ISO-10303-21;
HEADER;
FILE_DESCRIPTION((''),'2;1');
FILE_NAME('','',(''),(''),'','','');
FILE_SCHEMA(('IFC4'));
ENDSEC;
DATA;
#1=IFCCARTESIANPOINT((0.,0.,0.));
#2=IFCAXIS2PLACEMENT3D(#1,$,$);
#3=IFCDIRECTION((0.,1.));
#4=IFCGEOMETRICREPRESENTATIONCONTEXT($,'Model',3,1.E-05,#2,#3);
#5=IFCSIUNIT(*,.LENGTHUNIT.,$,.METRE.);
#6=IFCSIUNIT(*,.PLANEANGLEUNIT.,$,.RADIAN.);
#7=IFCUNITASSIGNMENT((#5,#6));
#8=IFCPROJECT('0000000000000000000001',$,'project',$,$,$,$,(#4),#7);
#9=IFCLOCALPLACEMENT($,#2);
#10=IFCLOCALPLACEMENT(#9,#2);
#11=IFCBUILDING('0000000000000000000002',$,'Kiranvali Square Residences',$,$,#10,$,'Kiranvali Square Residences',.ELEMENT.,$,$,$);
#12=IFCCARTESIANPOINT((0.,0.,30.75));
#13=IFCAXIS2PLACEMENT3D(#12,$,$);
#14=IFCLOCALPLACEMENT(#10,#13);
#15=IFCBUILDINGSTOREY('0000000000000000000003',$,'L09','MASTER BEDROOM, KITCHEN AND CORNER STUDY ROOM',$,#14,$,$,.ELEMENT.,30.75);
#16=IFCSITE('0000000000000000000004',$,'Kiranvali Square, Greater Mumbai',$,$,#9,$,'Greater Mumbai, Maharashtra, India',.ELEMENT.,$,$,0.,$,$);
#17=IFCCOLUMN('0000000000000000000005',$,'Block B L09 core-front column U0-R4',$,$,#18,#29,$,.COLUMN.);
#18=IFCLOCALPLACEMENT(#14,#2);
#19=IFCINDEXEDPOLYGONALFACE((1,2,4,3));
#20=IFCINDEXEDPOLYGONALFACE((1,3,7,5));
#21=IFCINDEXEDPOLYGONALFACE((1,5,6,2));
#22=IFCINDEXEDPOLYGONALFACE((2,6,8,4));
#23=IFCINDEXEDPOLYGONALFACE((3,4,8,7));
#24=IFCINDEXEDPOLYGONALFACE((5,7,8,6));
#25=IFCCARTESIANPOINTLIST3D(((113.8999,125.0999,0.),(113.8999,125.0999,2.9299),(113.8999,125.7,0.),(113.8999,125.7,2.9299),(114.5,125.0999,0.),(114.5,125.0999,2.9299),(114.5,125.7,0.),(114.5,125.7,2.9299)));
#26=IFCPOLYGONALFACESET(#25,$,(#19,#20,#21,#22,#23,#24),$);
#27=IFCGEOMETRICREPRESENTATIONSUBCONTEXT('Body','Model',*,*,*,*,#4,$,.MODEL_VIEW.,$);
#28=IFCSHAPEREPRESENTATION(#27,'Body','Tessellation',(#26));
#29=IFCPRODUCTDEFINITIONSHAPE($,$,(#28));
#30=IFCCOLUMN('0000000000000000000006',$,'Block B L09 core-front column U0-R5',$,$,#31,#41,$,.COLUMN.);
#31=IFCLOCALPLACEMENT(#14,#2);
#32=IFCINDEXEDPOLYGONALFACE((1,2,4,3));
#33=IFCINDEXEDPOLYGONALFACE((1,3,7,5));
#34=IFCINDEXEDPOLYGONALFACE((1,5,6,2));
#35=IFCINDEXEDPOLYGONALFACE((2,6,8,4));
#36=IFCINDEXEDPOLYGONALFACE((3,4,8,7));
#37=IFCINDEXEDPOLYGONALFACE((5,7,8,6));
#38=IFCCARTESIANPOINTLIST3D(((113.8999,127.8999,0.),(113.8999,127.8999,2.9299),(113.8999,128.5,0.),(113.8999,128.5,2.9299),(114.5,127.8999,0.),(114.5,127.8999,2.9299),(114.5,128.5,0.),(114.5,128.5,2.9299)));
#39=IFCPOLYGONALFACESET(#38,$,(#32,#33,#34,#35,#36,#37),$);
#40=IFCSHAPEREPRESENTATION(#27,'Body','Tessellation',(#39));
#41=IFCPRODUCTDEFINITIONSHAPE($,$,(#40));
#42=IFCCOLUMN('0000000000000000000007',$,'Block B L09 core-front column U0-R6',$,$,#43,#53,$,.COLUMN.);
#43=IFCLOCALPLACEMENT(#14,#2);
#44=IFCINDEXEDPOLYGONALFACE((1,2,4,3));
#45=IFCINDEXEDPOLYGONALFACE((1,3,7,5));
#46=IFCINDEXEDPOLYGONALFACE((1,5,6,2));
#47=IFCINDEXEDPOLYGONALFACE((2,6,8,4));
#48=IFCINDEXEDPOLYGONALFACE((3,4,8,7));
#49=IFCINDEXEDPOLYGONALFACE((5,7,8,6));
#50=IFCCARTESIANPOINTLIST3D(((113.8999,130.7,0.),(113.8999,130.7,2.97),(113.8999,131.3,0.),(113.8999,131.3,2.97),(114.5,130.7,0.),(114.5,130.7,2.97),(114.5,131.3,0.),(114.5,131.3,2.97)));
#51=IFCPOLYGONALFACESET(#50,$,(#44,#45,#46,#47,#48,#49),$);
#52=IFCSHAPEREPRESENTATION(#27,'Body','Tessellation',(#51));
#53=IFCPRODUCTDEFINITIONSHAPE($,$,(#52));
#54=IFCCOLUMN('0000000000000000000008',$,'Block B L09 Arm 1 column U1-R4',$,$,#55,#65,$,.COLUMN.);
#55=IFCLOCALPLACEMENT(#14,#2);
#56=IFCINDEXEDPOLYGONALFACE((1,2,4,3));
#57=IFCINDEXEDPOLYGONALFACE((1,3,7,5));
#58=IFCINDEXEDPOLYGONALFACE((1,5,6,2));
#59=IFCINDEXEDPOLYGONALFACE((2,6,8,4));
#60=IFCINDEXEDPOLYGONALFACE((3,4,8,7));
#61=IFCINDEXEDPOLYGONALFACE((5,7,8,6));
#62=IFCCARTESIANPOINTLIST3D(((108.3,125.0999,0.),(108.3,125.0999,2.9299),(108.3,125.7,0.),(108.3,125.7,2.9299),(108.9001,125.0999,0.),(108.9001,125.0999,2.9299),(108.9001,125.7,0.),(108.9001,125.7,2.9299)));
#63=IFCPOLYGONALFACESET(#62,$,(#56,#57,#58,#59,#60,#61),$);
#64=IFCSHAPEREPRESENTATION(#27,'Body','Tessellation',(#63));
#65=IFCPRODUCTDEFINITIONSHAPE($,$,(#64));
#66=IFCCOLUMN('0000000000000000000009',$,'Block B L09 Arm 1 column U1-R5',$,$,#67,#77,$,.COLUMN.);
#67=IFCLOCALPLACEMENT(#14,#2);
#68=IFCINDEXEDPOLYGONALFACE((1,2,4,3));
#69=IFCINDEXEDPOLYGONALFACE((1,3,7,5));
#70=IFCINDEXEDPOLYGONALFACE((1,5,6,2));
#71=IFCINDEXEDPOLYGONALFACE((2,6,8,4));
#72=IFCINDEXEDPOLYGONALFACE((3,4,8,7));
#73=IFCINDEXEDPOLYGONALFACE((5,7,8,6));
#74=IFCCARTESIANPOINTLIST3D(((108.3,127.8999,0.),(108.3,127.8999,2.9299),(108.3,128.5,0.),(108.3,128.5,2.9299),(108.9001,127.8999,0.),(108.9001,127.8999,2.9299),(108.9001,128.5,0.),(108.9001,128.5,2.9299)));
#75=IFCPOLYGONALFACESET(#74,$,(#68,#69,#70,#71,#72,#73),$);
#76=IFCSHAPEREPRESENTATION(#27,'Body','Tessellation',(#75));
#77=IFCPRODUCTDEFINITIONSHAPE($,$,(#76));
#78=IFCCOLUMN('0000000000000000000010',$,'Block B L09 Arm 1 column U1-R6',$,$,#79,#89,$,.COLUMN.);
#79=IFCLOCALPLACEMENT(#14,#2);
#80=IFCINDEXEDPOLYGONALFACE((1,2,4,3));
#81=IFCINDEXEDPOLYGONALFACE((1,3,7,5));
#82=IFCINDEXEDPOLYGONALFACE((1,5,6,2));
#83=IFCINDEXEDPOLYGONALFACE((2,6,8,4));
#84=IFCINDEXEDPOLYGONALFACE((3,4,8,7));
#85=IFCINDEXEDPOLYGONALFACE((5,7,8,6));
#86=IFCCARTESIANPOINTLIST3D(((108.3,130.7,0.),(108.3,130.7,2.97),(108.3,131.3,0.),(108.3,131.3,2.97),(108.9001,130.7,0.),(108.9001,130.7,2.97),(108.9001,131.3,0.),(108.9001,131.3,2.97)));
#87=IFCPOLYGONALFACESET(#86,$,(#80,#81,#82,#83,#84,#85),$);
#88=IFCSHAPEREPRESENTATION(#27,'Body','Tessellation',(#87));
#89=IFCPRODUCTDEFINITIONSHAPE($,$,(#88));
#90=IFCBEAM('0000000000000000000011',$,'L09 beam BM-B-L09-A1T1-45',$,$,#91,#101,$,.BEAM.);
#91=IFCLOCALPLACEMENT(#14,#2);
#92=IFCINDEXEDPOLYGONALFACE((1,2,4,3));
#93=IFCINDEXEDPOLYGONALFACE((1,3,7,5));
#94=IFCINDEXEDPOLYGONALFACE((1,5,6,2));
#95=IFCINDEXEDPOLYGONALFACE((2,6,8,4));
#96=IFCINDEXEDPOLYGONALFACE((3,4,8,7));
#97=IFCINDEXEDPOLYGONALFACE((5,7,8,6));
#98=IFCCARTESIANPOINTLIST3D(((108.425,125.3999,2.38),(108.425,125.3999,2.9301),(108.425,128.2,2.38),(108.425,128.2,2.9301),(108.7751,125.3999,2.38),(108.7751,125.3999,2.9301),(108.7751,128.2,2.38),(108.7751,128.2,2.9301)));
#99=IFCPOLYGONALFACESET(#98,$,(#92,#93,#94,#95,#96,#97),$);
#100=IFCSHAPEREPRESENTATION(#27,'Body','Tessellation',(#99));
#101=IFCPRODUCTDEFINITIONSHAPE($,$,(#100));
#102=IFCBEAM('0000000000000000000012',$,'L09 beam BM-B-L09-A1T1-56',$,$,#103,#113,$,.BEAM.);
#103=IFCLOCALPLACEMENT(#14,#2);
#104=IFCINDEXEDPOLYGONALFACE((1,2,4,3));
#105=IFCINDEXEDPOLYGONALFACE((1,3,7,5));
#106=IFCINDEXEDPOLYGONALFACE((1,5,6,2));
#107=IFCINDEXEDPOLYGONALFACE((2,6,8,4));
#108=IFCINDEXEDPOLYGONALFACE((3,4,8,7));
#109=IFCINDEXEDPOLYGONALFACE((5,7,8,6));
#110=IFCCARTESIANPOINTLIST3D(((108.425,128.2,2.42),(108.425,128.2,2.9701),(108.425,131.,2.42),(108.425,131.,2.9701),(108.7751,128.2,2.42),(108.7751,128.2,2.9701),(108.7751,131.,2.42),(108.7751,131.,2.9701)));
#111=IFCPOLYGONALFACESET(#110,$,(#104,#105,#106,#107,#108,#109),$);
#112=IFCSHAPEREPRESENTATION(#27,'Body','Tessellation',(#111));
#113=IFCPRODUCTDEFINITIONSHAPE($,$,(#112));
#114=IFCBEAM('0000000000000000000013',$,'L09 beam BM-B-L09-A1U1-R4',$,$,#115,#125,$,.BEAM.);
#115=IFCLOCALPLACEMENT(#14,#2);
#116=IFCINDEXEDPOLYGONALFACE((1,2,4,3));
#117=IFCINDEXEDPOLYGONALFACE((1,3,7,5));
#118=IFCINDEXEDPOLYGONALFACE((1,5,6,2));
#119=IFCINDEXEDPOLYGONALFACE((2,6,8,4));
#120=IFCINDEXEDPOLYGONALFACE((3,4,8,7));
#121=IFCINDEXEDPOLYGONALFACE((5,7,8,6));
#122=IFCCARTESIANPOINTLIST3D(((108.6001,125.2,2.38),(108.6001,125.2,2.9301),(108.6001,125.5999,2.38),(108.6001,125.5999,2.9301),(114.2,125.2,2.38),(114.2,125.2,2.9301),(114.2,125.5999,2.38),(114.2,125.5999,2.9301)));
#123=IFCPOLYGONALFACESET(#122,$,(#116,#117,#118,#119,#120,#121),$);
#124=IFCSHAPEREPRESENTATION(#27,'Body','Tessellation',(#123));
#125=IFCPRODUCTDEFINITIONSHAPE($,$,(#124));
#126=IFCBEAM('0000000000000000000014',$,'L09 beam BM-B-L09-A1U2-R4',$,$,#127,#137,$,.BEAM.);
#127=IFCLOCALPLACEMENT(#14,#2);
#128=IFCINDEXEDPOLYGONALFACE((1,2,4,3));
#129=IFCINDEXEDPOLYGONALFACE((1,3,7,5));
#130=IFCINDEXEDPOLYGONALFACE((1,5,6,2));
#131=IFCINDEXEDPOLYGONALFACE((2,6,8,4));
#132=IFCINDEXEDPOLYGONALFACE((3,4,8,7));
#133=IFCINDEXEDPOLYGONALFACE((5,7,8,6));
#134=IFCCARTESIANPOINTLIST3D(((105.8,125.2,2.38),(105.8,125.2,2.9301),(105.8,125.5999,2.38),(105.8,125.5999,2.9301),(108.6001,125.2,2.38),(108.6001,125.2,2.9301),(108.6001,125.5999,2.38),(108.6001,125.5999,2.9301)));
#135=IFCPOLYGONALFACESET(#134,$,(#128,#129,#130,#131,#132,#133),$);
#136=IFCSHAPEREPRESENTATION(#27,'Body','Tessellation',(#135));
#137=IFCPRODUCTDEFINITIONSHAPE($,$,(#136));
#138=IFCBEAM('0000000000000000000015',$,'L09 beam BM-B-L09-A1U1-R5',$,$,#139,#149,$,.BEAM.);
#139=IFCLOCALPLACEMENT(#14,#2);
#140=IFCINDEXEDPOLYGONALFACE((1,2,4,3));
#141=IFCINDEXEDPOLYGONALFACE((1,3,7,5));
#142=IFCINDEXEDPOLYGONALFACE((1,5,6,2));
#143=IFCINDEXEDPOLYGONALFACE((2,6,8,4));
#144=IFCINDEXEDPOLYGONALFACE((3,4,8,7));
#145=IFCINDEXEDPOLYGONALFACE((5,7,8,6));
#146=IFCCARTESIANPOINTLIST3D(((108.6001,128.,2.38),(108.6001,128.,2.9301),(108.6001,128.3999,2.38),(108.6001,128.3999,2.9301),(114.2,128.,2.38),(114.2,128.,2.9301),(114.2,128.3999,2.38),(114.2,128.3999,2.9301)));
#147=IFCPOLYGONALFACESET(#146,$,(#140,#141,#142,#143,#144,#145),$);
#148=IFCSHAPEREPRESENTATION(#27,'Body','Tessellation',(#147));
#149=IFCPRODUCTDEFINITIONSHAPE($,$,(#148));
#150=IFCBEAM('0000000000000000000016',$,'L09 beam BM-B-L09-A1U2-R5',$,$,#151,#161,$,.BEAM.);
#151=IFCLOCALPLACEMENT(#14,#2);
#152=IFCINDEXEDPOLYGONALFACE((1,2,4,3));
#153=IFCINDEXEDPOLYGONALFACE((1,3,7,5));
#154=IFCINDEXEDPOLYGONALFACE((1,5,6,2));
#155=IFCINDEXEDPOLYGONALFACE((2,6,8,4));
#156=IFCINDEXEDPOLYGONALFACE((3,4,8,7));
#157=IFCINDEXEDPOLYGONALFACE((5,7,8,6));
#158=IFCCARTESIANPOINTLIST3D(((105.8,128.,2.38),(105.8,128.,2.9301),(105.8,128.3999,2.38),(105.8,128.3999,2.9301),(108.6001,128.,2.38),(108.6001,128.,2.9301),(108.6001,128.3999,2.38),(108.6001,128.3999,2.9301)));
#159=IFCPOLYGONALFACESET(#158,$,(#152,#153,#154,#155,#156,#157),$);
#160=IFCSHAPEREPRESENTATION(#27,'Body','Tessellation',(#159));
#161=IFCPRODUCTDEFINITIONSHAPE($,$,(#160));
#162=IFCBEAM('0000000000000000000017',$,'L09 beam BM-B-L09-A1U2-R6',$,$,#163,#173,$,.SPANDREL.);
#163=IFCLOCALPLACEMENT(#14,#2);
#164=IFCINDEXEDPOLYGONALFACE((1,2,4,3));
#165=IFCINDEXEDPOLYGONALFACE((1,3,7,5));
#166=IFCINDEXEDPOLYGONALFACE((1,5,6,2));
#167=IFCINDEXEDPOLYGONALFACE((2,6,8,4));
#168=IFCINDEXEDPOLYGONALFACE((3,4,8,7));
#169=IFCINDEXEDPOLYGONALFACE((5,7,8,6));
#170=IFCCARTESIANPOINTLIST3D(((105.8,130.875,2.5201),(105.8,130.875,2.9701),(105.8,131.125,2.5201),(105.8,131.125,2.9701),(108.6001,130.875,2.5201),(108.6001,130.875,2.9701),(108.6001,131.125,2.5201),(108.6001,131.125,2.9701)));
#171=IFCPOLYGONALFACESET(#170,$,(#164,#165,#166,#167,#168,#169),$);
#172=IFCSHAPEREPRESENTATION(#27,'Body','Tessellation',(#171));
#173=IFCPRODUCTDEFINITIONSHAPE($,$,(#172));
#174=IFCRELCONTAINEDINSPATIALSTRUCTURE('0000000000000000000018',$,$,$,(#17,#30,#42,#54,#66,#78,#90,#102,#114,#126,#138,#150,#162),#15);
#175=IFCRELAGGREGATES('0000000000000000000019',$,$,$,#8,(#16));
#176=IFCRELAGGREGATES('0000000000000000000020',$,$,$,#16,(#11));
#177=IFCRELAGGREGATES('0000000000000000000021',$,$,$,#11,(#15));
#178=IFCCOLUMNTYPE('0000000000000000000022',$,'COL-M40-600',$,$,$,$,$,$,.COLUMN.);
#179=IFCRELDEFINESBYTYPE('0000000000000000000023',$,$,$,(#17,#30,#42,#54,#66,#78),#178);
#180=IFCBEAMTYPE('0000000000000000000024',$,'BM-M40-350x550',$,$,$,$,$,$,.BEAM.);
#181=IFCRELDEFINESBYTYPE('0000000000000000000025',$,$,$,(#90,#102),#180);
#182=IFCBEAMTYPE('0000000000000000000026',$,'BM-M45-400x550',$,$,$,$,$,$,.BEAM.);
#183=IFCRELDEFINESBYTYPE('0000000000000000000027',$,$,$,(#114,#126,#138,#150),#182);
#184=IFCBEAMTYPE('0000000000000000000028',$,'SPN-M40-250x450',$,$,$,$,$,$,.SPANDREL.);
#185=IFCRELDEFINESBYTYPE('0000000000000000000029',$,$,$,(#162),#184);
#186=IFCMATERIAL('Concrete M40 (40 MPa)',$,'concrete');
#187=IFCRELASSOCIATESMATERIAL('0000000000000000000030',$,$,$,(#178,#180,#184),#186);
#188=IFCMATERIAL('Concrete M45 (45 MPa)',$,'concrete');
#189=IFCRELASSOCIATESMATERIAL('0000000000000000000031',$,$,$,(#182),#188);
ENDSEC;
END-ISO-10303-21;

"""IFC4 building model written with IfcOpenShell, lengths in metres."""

from ifc_helpers import new_model, si_unit, direction, frame, origin, origin_2d, place, context, subcontext, project, spatial, rectangle, extrude, material, material_profile, profile_set, type_object, element, save


model = new_model("IFC4")

# Units and contexts
model_context = context("Model", 3, precision=1e-05, world=origin(), true_north=direction((0.0, 1.0)))
body_context = subcontext(model_context, "Body", "Model", "MODEL_VIEW")
ifc_project = project(units=[si_unit("LENGTHUNIT", "METRE"), si_unit("PLANEANGLEUNIT", "RADIAN")], contexts=[model_context])

# Site, building, storey
site_placement = place(None, origin())
site = spatial("IfcSite", under=ifc_project, at=site_placement, Name="Kiranvali Square, Greater Mumbai", LongName="Greater Mumbai, Maharashtra, India", CompositionType="ELEMENT", RefElevation=0.0)
building_placement = place(site_placement, origin())
building = spatial("IfcBuilding", under=site, at=building_placement, Name="Kiranvali Square Residences", LongName="Kiranvali Square Residences", CompositionType="ELEMENT")
storey_placement = place(building_placement, frame((0.0, 0.0, 30.75)))
storey = spatial("IfcBuildingStorey", under=building, at=storey_placement, Name="L09", Description="MASTER BEDROOM, KITCHEN AND CORNER STUDY ROOM", CompositionType="ELEMENT", Elevation=30.75)

# Columns
ifc_material_1 = material(Name="Concrete M40 (40 MPa)", Category="concrete")
ifc_material_profile_1 = material_profile(ifc_material_1, rectangle(XDim=0.6001, YDim=0.6001, at=origin_2d()), Name="RC 600x600")
ifc_profile_set_1 = profile_set([ifc_material_profile_1], Name="Concrete M40 (40 MPa)")
column_type = type_object("IfcColumnType", Name="COL-M40-600", PredefinedType="COLUMN", material=ifc_profile_set_1)
for number, where, z_axis, x_axis, name in (
    (1, (114.2, 125.3999, 0.0), (0.0, 0.0, 1.0), (1.0, 0.0, 0.0), "Block B L09 core-front column U0-R4"),
    (2, (114.2, 128.2, 0.0), (0.0, 0.0, 1.0), (1.0, 0.0, 0.0), "Block B L09 core-front column U0-R5"),
):
    element("IfcColumn", number, at=place(storey_placement, frame(where, z_axis=z_axis, x_axis=x_axis)), inside=storey, type_object=column_type, Name=name, PredefinedType="COLUMN", context=body_context, shape_type="SweptSolid", body=[
        extrude(rectangle(XDim=0.6001, YDim=0.6001, at=origin_2d()), origin(), (0.0, 0.0, 1.0), 2.9299),
    ])
column_1_placement = place(storey_placement, frame((114.2, 131.0, 0.0), z_axis=(0.0, 0.0, 1.0), x_axis=(1.0, 0.0, 0.0)))
element("IfcColumn", 3, at=column_1_placement, inside=storey, type_object=column_type, Name="Block B L09 core-front column U0-R6", PredefinedType="COLUMN", context=body_context, shape_type="SweptSolid", body=[
    extrude(rectangle(XDim=0.6001, YDim=0.6001, at=origin_2d()), origin(), (0.0, 0.0, 1.0), 2.97),
])
for number, where, z_axis, x_axis, name in (
    (4, (108.6001, 125.3999, 0.0), (0.0, 0.0, 1.0), (1.0, 0.0, 0.0), "Block B L09 Arm 1 column U1-R4"),
    (5, (108.6001, 128.2, 0.0), (0.0, 0.0, 1.0), (1.0, 0.0, 0.0), "Block B L09 Arm 1 column U1-R5"),
):
    element("IfcColumn", number, at=place(storey_placement, frame(where, z_axis=z_axis, x_axis=x_axis)), inside=storey, type_object=column_type, Name=name, PredefinedType="COLUMN", context=body_context, shape_type="SweptSolid", body=[
        extrude(rectangle(XDim=0.6001, YDim=0.6001, at=origin_2d()), origin(), (0.0, 0.0, 1.0), 2.9299),
    ])
column_2_placement = place(storey_placement, frame((108.6001, 131.0, 0.0), z_axis=(0.0, 0.0, 1.0), x_axis=(1.0, 0.0, 0.0)))
element("IfcColumn", 6, at=column_2_placement, inside=storey, type_object=column_type, Name="Block B L09 Arm 1 column U1-R6", PredefinedType="COLUMN", context=body_context, shape_type="SweptSolid", body=[
    extrude(rectangle(XDim=0.6001, YDim=0.6001, at=origin_2d()), origin(), (0.0, 0.0, 1.0), 2.97),
])

# Beams
ifc_material_profile_2 = material_profile(ifc_material_1, rectangle(XDim=0.3501, YDim=0.55, at=origin_2d()), Name="RC 350x550")
ifc_profile_set_2 = profile_set([ifc_material_profile_2], Name="Concrete M40 (40 MPa)")
beam_type_1 = type_object("IfcBeamType", Name="BM-M40-350x550", PredefinedType="BEAM", material=ifc_profile_set_2)
for number, where, z_axis, x_axis, name in (
    (7, (108.6001, 125.3999, 2.655), (0.0, 1.0, 0.0), (-1.0, 0.0, 0.0), "L09 beam BM-B-L09-A1T1-45"),
    (8, (108.6001, 128.2, 2.6951), (0.0, 1.0, 0.0), (-1.0, 0.0, 0.0), "L09 beam BM-B-L09-A1T1-56"),
):
    element("IfcBeam", number, at=place(storey_placement, frame(where, z_axis=z_axis, x_axis=x_axis)), inside=storey, type_object=beam_type_1, Name=name, PredefinedType="BEAM", context=body_context, shape_type="SweptSolid", body=[
        extrude(rectangle(XDim=0.3501, YDim=0.55, at=origin_2d()), origin(), (0.0, 0.0, 1.0), 2.8),
    ])
ifc_material_2 = material(Name="Concrete M45 (45 MPa)", Category="concrete")
ifc_material_profile_3 = material_profile(ifc_material_2, rectangle(XDim=0.3999, YDim=0.55, at=origin_2d()), Name="RC 400x550")
ifc_profile_set_3 = profile_set([ifc_material_profile_3], Name="Concrete M45 (45 MPa)")
beam_type_2 = type_object("IfcBeamType", Name="BM-M45-400x550", PredefinedType="BEAM", material=ifc_profile_set_3)
beam_1_placement = place(storey_placement, frame((114.2, 125.3999, 2.655), z_axis=(-1.0, 0.0, 0.0), x_axis=(0.0, -1.0, 0.0)))
element("IfcBeam", 9, at=beam_1_placement, inside=storey, type_object=beam_type_2, Name="L09 beam BM-B-L09-A1U1-R4", PredefinedType="BEAM", context=body_context, shape_type="SweptSolid", body=[
    extrude(rectangle(XDim=0.3999, YDim=0.55, at=origin_2d()), origin(), (0.0, 0.0, 1.0), 5.5999),
])
beam_2_placement = place(storey_placement, frame((108.6001, 125.3999, 2.655), z_axis=(-1.0, 0.0, 0.0), x_axis=(0.0, -1.0, 0.0)))
element("IfcBeam", 10, at=beam_2_placement, inside=storey, type_object=beam_type_2, Name="L09 beam BM-B-L09-A1U2-R4", PredefinedType="BEAM", context=body_context, shape_type="SweptSolid", body=[
    extrude(rectangle(XDim=0.3999, YDim=0.55, at=origin_2d()), origin(), (0.0, 0.0, 1.0), 2.8),
])
beam_3_placement = place(storey_placement, frame((114.2, 128.2, 2.655), z_axis=(-1.0, 0.0, 0.0), x_axis=(0.0, -1.0, 0.0)))
element("IfcBeam", 11, at=beam_3_placement, inside=storey, type_object=beam_type_2, Name="L09 beam BM-B-L09-A1U1-R5", PredefinedType="BEAM", context=body_context, shape_type="SweptSolid", body=[
    extrude(rectangle(XDim=0.3999, YDim=0.55, at=origin_2d()), origin(), (0.0, 0.0, 1.0), 5.5999),
])
beam_4_placement = place(storey_placement, frame((108.6001, 128.2, 2.655), z_axis=(-1.0, 0.0, 0.0), x_axis=(0.0, -1.0, 0.0)))
element("IfcBeam", 12, at=beam_4_placement, inside=storey, type_object=beam_type_2, Name="L09 beam BM-B-L09-A1U2-R5", PredefinedType="BEAM", context=body_context, shape_type="SweptSolid", body=[
    extrude(rectangle(XDim=0.3999, YDim=0.55, at=origin_2d()), origin(), (0.0, 0.0, 1.0), 2.8),
])
ifc_material_profile_4 = material_profile(ifc_material_1, rectangle(XDim=0.25, YDim=0.45, at=origin_2d()), Name="RC 250x450")
ifc_profile_set_4 = profile_set([ifc_material_profile_4], Name="Concrete M40 (40 MPa)")
beam_type_3 = type_object("IfcBeamType", Name="SPN-M40-250x450", PredefinedType="SPANDREL", material=ifc_profile_set_4)
beam_5_placement = place(storey_placement, frame((108.6001, 131.0, 2.7451), z_axis=(-1.0, 0.0, 0.0), x_axis=(0.0, -1.0, 0.0)))
element("IfcBeam", 13, at=beam_5_placement, inside=storey, type_object=beam_type_3, Name="L09 beam BM-B-L09-A1U2-R6", PredefinedType="SPANDREL", context=body_context, shape_type="SweptSolid", body=[
    extrude(rectangle(XDim=0.25, YDim=0.45, at=origin_2d()), origin(), (0.0, 0.0, 1.0), 2.8),
])

save(model, "model.ifc")
